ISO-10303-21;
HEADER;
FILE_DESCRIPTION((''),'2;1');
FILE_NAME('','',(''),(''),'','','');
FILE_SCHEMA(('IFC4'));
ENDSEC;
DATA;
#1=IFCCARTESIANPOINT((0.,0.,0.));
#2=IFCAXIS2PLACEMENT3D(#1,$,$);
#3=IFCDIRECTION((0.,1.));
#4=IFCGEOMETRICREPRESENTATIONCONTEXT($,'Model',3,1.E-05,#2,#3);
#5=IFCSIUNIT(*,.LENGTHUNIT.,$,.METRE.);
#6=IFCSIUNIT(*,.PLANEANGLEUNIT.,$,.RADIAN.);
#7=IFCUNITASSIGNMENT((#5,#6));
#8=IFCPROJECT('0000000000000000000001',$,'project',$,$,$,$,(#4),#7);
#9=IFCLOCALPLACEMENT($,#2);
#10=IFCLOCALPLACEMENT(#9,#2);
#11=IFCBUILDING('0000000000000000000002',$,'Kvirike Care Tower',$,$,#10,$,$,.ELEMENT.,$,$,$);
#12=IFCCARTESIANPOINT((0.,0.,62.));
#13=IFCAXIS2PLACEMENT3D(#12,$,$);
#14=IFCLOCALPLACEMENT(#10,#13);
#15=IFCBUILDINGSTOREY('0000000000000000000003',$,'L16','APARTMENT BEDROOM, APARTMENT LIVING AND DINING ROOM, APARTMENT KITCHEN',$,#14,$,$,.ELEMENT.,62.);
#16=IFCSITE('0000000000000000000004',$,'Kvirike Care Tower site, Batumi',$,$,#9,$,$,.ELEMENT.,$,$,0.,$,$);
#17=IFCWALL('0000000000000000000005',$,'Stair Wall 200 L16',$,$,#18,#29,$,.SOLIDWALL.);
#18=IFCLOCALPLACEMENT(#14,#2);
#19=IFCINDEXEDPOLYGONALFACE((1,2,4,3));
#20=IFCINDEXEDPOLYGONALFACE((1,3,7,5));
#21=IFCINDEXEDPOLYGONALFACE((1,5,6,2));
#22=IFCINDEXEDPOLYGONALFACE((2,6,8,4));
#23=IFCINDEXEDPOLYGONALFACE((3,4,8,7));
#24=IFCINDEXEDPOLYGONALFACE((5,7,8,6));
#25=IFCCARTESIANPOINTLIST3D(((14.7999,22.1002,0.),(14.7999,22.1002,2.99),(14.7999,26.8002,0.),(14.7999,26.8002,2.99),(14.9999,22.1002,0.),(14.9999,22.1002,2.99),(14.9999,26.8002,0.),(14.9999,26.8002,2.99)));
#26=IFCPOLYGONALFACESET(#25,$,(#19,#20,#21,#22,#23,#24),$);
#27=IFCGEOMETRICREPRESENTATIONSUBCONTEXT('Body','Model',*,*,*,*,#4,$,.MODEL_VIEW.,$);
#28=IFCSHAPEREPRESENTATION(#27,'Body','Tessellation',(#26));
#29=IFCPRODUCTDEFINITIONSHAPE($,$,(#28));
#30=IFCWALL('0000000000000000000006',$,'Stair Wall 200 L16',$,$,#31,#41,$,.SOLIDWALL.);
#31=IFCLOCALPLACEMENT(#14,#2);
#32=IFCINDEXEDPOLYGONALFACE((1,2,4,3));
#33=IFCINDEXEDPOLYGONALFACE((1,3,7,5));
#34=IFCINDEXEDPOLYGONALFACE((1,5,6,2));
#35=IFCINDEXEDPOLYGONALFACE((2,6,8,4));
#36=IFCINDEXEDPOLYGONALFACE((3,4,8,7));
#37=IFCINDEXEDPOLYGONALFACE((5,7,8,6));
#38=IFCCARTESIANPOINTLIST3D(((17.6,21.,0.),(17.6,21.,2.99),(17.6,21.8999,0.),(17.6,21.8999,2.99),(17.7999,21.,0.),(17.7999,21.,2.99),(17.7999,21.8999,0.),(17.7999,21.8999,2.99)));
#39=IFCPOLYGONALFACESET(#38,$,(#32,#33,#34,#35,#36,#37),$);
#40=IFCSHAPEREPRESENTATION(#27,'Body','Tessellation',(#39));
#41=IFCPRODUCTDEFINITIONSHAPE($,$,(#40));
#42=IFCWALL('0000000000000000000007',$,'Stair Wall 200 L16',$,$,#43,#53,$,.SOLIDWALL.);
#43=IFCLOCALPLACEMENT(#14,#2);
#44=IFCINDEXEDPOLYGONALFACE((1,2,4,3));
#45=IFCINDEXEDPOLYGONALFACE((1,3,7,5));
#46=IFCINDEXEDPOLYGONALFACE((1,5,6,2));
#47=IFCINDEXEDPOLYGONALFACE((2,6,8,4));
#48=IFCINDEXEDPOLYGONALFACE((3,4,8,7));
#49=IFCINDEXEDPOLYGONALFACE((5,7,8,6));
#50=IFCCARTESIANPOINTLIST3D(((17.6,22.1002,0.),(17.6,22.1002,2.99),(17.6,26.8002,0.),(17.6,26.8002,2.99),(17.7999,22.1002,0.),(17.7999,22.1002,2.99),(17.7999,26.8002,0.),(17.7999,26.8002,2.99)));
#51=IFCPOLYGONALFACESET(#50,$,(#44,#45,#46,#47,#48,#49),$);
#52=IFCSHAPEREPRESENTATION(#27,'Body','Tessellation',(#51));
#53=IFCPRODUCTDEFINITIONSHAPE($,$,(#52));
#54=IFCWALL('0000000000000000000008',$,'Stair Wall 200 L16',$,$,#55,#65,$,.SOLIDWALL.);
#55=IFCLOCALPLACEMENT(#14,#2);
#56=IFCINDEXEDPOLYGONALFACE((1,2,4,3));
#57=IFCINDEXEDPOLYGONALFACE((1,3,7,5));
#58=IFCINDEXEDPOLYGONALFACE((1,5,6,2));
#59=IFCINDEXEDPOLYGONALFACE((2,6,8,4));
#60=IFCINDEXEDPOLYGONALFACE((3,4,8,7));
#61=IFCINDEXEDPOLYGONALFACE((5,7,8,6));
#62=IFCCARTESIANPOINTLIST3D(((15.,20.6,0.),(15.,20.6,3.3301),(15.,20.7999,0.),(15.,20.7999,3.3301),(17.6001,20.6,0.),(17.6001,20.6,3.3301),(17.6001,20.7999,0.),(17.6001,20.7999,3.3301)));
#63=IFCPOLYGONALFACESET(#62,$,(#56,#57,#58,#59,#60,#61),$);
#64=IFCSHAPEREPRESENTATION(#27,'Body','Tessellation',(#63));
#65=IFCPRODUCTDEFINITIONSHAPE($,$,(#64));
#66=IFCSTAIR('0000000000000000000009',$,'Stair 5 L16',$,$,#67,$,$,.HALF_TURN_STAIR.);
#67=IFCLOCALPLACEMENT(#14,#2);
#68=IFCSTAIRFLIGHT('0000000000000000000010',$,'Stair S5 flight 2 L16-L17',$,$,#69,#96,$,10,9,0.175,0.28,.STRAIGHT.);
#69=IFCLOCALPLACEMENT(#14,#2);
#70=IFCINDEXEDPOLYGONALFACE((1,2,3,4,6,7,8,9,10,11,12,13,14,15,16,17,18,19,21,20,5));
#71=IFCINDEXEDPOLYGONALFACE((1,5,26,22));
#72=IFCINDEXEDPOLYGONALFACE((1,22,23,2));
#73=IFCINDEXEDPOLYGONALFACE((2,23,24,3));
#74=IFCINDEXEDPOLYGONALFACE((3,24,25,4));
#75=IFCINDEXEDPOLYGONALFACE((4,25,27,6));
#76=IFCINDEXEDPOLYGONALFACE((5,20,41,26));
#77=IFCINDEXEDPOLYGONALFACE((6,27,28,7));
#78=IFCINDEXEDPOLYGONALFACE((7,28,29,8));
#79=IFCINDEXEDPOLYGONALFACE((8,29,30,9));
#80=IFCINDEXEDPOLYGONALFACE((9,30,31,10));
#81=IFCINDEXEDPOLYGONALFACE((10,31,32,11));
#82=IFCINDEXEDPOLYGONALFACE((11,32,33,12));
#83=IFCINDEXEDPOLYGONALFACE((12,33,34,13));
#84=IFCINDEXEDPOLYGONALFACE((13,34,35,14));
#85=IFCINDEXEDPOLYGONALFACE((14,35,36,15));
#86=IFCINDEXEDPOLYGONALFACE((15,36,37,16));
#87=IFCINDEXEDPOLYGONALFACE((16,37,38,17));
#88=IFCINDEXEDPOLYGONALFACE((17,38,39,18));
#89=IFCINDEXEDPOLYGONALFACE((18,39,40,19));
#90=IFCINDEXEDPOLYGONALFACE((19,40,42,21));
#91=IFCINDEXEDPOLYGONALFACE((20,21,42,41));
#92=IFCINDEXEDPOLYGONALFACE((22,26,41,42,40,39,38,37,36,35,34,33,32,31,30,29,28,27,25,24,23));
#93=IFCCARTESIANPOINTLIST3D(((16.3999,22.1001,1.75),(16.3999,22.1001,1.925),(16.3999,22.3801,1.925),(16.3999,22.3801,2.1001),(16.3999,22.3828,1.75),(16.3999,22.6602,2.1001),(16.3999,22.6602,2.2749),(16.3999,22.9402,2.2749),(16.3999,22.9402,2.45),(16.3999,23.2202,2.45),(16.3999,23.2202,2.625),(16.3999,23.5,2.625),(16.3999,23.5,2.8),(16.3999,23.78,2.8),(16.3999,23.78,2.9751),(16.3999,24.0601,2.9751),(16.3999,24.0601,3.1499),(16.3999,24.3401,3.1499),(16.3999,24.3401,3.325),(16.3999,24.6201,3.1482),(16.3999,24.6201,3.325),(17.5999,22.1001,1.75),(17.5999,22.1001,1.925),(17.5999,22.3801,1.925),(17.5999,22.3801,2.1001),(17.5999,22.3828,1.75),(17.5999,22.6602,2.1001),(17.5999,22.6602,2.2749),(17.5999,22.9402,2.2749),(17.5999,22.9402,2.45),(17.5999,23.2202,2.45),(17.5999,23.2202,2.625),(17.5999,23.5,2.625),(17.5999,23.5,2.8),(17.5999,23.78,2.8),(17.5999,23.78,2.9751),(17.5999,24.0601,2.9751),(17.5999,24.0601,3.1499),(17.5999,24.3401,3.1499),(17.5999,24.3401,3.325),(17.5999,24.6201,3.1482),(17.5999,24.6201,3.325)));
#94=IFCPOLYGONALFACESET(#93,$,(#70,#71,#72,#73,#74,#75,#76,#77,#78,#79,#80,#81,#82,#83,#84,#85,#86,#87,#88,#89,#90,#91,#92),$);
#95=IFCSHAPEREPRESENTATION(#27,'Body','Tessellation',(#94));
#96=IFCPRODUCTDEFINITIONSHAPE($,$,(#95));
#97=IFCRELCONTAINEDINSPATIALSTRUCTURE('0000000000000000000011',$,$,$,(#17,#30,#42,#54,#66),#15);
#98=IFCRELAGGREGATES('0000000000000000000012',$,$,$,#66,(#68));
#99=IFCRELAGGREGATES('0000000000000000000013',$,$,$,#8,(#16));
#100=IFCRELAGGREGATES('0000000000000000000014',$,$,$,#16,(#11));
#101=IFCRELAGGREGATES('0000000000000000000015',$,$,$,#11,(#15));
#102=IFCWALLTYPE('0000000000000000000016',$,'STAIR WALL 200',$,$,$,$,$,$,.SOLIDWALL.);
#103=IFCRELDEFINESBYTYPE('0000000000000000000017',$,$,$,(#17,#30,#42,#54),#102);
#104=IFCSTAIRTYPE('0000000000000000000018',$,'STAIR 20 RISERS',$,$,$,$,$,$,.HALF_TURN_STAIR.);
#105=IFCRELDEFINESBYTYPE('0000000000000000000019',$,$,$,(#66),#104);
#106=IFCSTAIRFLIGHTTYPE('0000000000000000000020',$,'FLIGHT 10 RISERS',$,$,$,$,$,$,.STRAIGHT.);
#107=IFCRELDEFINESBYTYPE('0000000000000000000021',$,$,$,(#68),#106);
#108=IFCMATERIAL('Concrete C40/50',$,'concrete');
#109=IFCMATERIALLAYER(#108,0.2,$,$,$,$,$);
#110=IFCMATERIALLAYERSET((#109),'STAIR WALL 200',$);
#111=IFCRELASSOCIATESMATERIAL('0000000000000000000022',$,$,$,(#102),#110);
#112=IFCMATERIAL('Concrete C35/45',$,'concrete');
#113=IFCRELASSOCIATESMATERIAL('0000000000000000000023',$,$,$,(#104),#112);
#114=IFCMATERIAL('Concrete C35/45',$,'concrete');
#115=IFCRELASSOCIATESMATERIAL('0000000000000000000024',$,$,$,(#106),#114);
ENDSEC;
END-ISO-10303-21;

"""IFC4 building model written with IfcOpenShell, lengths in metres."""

from ifc_helpers import new_model, si_unit, direction, frame, frame_2d, origin, place, context, subcontext, project, spatial, polyline, rectangle, outline, extrude, material, layer, layer_set, type_object, element, aggregate, save


model = new_model("IFC4")

# Units and contexts
model_context = context("Model", 3, precision=1e-05, world=origin(), true_north=direction((0.0, 1.0)))
body_context = subcontext(model_context, "Body", "Model", "MODEL_VIEW")
ifc_project = project(units=[si_unit("LENGTHUNIT", "METRE"), si_unit("PLANEANGLEUNIT", "RADIAN")], contexts=[model_context])

# Site, building, storey
site_placement = place(None, origin())
site = spatial("IfcSite", under=ifc_project, at=site_placement, Name="Kvirike Care Tower site, Batumi", CompositionType="ELEMENT", RefElevation=0.0)
building_placement = place(site_placement, origin())
building = spatial("IfcBuilding", under=site, at=building_placement, Name="Kvirike Care Tower", CompositionType="ELEMENT")
storey_placement = place(building_placement, frame((0.0, 0.0, 62.0)))
storey = spatial("IfcBuildingStorey", under=building, at=storey_placement, Name="L16", Description="APARTMENT BEDROOM, APARTMENT LIVING AND DINING ROOM, APARTMENT KITCHEN", CompositionType="ELEMENT", Elevation=62.0)

# Walls
ifc_material_1 = material(Name="Concrete C40/50", Category="concrete")
ifc_layer_1 = layer(ifc_material_1, 0.2)
ifc_layer_set_1 = layer_set([ifc_layer_1], Name="STAIR WALL 200")
wall_type_1 = type_object("IfcWallType", Name="STAIR WALL 200", PredefinedType="SOLIDWALL", material=ifc_layer_set_1)
wall_1_placement = place(storey_placement, frame((14.8999, 22.1001, 0.0), z_axis=(0.0, 0.0, 1.0), x_axis=(0.0, 1.0, 0.0)))
element("IfcWall", 1, at=wall_1_placement, inside=storey, type_object=wall_type_1, Name="Stair Wall 200 L16", PredefinedType="SOLIDWALL", context=body_context, shape_type="SweptSolid", body=[
    extrude(rectangle(XDim=4.7, YDim=0.2, at=frame_2d((2.3501, 0.0))), origin(), (0.0, 0.0, 1.0), 2.99),
])
wall_2_placement = place(storey_placement, frame((17.7, 21.0, 0.0), z_axis=(0.0, 0.0, 1.0), x_axis=(0.0, 1.0, 0.0)))
element("IfcWall", 2, at=wall_2_placement, inside=storey, type_object=wall_type_1, Name="Stair Wall 200 L16", PredefinedType="SOLIDWALL", context=body_context, shape_type="SweptSolid", body=[
    extrude(rectangle(XDim=0.8999, YDim=0.2, at=frame_2d((0.45, 0.0))), origin(), (0.0, 0.0, 1.0), 2.99),
])
wall_3_placement = place(storey_placement, frame((17.7, 22.1001, 0.0), z_axis=(0.0, 0.0, 1.0), x_axis=(0.0, 1.0, 0.0)))
element("IfcWall", 3, at=wall_3_placement, inside=storey, type_object=wall_type_1, Name="Stair Wall 200 L16", PredefinedType="SOLIDWALL", context=body_context, shape_type="SweptSolid", body=[
    extrude(rectangle(XDim=4.7, YDim=0.2, at=frame_2d((2.3501, 0.0))), origin(), (0.0, 0.0, 1.0), 2.99),
])
wall_4_placement = place(storey_placement, frame((15.0, 20.7, 0.0), z_axis=(0.0, 0.0, 1.0), x_axis=(1.0, 0.0, 0.0)))
element("IfcWall", 4, at=wall_4_placement, inside=storey, type_object=wall_type_1, Name="Stair Wall 200 L16", PredefinedType="SOLIDWALL", context=body_context, shape_type="SweptSolid", body=[
    extrude(rectangle(XDim=2.6001, YDim=0.2, at=frame_2d((1.3, 0.0))), origin(), (0.0, 0.0, 1.0), 3.3301),
])

# Stair, stair flight
ifc_material_2 = material(Name="Concrete C35/45", Category="concrete")
stair_type = type_object("IfcStairType", Name="STAIR 20 RISERS", PredefinedType="HALF_TURN_STAIR", material=ifc_material_2)
stair_placement = place(storey_placement, origin())
stair = element("IfcStair", 5, at=stair_placement, inside=storey, type_object=stair_type, Name="Stair 5 L16", PredefinedType="HALF_TURN_STAIR")
ifc_material_3 = material(Name="Concrete C35/45", Category="concrete")
stair_flight_type = type_object("IfcStairFlightType", Name="FLIGHT 10 RISERS", PredefinedType="STRAIGHT", material=ifc_material_3)
stair_flight_placement = place(storey_placement, frame((17.0, 22.1001, 1.75), z_axis=(0.0, 0.0, 1.0), x_axis=(0.0, 1.0, 0.0)))
stair_flight = element("IfcStairFlight", 6, at=stair_flight_placement, type_object=stair_flight_type, Name="Stair S5 flight 2 L16-L17", NumberOfRisers=10, NumberOfTreads=9, PredefinedType="STRAIGHT", RiserHeight=0.175, TreadLength=0.28, context=body_context, shape_type="SweptSolid", body=[
    extrude(outline(polyline([(0.0, 0.0), (0.0, 0.175), (0.28, 0.175), (0.28, 0.3501), (0.5601, 0.3501), (0.5601, 0.5249), (0.8401, 0.5249), (0.8401, 0.7), (1.1201, 0.7), (1.1201, 0.875), (1.3999, 0.875), (1.3999, 1.05), (1.6799, 1.05), (1.6799, 1.2251), (1.96, 1.2251), (1.96, 1.3999), (2.24, 1.3999), (2.24, 1.575), (2.52, 1.575), (2.52, 1.75), (2.52, 1.3982), (0.2827, 0.0), (0.0, 0.0)])), frame((0.0, 0.6001, 0.0), z_axis=(0.0, -1.0, 0.0), x_axis=(1.0, 0.0, 0.0)), (0.0, 0.0, 1.0), 1.2),
])
aggregate(stair, [stair_flight])

save(model, "model.ifc")
